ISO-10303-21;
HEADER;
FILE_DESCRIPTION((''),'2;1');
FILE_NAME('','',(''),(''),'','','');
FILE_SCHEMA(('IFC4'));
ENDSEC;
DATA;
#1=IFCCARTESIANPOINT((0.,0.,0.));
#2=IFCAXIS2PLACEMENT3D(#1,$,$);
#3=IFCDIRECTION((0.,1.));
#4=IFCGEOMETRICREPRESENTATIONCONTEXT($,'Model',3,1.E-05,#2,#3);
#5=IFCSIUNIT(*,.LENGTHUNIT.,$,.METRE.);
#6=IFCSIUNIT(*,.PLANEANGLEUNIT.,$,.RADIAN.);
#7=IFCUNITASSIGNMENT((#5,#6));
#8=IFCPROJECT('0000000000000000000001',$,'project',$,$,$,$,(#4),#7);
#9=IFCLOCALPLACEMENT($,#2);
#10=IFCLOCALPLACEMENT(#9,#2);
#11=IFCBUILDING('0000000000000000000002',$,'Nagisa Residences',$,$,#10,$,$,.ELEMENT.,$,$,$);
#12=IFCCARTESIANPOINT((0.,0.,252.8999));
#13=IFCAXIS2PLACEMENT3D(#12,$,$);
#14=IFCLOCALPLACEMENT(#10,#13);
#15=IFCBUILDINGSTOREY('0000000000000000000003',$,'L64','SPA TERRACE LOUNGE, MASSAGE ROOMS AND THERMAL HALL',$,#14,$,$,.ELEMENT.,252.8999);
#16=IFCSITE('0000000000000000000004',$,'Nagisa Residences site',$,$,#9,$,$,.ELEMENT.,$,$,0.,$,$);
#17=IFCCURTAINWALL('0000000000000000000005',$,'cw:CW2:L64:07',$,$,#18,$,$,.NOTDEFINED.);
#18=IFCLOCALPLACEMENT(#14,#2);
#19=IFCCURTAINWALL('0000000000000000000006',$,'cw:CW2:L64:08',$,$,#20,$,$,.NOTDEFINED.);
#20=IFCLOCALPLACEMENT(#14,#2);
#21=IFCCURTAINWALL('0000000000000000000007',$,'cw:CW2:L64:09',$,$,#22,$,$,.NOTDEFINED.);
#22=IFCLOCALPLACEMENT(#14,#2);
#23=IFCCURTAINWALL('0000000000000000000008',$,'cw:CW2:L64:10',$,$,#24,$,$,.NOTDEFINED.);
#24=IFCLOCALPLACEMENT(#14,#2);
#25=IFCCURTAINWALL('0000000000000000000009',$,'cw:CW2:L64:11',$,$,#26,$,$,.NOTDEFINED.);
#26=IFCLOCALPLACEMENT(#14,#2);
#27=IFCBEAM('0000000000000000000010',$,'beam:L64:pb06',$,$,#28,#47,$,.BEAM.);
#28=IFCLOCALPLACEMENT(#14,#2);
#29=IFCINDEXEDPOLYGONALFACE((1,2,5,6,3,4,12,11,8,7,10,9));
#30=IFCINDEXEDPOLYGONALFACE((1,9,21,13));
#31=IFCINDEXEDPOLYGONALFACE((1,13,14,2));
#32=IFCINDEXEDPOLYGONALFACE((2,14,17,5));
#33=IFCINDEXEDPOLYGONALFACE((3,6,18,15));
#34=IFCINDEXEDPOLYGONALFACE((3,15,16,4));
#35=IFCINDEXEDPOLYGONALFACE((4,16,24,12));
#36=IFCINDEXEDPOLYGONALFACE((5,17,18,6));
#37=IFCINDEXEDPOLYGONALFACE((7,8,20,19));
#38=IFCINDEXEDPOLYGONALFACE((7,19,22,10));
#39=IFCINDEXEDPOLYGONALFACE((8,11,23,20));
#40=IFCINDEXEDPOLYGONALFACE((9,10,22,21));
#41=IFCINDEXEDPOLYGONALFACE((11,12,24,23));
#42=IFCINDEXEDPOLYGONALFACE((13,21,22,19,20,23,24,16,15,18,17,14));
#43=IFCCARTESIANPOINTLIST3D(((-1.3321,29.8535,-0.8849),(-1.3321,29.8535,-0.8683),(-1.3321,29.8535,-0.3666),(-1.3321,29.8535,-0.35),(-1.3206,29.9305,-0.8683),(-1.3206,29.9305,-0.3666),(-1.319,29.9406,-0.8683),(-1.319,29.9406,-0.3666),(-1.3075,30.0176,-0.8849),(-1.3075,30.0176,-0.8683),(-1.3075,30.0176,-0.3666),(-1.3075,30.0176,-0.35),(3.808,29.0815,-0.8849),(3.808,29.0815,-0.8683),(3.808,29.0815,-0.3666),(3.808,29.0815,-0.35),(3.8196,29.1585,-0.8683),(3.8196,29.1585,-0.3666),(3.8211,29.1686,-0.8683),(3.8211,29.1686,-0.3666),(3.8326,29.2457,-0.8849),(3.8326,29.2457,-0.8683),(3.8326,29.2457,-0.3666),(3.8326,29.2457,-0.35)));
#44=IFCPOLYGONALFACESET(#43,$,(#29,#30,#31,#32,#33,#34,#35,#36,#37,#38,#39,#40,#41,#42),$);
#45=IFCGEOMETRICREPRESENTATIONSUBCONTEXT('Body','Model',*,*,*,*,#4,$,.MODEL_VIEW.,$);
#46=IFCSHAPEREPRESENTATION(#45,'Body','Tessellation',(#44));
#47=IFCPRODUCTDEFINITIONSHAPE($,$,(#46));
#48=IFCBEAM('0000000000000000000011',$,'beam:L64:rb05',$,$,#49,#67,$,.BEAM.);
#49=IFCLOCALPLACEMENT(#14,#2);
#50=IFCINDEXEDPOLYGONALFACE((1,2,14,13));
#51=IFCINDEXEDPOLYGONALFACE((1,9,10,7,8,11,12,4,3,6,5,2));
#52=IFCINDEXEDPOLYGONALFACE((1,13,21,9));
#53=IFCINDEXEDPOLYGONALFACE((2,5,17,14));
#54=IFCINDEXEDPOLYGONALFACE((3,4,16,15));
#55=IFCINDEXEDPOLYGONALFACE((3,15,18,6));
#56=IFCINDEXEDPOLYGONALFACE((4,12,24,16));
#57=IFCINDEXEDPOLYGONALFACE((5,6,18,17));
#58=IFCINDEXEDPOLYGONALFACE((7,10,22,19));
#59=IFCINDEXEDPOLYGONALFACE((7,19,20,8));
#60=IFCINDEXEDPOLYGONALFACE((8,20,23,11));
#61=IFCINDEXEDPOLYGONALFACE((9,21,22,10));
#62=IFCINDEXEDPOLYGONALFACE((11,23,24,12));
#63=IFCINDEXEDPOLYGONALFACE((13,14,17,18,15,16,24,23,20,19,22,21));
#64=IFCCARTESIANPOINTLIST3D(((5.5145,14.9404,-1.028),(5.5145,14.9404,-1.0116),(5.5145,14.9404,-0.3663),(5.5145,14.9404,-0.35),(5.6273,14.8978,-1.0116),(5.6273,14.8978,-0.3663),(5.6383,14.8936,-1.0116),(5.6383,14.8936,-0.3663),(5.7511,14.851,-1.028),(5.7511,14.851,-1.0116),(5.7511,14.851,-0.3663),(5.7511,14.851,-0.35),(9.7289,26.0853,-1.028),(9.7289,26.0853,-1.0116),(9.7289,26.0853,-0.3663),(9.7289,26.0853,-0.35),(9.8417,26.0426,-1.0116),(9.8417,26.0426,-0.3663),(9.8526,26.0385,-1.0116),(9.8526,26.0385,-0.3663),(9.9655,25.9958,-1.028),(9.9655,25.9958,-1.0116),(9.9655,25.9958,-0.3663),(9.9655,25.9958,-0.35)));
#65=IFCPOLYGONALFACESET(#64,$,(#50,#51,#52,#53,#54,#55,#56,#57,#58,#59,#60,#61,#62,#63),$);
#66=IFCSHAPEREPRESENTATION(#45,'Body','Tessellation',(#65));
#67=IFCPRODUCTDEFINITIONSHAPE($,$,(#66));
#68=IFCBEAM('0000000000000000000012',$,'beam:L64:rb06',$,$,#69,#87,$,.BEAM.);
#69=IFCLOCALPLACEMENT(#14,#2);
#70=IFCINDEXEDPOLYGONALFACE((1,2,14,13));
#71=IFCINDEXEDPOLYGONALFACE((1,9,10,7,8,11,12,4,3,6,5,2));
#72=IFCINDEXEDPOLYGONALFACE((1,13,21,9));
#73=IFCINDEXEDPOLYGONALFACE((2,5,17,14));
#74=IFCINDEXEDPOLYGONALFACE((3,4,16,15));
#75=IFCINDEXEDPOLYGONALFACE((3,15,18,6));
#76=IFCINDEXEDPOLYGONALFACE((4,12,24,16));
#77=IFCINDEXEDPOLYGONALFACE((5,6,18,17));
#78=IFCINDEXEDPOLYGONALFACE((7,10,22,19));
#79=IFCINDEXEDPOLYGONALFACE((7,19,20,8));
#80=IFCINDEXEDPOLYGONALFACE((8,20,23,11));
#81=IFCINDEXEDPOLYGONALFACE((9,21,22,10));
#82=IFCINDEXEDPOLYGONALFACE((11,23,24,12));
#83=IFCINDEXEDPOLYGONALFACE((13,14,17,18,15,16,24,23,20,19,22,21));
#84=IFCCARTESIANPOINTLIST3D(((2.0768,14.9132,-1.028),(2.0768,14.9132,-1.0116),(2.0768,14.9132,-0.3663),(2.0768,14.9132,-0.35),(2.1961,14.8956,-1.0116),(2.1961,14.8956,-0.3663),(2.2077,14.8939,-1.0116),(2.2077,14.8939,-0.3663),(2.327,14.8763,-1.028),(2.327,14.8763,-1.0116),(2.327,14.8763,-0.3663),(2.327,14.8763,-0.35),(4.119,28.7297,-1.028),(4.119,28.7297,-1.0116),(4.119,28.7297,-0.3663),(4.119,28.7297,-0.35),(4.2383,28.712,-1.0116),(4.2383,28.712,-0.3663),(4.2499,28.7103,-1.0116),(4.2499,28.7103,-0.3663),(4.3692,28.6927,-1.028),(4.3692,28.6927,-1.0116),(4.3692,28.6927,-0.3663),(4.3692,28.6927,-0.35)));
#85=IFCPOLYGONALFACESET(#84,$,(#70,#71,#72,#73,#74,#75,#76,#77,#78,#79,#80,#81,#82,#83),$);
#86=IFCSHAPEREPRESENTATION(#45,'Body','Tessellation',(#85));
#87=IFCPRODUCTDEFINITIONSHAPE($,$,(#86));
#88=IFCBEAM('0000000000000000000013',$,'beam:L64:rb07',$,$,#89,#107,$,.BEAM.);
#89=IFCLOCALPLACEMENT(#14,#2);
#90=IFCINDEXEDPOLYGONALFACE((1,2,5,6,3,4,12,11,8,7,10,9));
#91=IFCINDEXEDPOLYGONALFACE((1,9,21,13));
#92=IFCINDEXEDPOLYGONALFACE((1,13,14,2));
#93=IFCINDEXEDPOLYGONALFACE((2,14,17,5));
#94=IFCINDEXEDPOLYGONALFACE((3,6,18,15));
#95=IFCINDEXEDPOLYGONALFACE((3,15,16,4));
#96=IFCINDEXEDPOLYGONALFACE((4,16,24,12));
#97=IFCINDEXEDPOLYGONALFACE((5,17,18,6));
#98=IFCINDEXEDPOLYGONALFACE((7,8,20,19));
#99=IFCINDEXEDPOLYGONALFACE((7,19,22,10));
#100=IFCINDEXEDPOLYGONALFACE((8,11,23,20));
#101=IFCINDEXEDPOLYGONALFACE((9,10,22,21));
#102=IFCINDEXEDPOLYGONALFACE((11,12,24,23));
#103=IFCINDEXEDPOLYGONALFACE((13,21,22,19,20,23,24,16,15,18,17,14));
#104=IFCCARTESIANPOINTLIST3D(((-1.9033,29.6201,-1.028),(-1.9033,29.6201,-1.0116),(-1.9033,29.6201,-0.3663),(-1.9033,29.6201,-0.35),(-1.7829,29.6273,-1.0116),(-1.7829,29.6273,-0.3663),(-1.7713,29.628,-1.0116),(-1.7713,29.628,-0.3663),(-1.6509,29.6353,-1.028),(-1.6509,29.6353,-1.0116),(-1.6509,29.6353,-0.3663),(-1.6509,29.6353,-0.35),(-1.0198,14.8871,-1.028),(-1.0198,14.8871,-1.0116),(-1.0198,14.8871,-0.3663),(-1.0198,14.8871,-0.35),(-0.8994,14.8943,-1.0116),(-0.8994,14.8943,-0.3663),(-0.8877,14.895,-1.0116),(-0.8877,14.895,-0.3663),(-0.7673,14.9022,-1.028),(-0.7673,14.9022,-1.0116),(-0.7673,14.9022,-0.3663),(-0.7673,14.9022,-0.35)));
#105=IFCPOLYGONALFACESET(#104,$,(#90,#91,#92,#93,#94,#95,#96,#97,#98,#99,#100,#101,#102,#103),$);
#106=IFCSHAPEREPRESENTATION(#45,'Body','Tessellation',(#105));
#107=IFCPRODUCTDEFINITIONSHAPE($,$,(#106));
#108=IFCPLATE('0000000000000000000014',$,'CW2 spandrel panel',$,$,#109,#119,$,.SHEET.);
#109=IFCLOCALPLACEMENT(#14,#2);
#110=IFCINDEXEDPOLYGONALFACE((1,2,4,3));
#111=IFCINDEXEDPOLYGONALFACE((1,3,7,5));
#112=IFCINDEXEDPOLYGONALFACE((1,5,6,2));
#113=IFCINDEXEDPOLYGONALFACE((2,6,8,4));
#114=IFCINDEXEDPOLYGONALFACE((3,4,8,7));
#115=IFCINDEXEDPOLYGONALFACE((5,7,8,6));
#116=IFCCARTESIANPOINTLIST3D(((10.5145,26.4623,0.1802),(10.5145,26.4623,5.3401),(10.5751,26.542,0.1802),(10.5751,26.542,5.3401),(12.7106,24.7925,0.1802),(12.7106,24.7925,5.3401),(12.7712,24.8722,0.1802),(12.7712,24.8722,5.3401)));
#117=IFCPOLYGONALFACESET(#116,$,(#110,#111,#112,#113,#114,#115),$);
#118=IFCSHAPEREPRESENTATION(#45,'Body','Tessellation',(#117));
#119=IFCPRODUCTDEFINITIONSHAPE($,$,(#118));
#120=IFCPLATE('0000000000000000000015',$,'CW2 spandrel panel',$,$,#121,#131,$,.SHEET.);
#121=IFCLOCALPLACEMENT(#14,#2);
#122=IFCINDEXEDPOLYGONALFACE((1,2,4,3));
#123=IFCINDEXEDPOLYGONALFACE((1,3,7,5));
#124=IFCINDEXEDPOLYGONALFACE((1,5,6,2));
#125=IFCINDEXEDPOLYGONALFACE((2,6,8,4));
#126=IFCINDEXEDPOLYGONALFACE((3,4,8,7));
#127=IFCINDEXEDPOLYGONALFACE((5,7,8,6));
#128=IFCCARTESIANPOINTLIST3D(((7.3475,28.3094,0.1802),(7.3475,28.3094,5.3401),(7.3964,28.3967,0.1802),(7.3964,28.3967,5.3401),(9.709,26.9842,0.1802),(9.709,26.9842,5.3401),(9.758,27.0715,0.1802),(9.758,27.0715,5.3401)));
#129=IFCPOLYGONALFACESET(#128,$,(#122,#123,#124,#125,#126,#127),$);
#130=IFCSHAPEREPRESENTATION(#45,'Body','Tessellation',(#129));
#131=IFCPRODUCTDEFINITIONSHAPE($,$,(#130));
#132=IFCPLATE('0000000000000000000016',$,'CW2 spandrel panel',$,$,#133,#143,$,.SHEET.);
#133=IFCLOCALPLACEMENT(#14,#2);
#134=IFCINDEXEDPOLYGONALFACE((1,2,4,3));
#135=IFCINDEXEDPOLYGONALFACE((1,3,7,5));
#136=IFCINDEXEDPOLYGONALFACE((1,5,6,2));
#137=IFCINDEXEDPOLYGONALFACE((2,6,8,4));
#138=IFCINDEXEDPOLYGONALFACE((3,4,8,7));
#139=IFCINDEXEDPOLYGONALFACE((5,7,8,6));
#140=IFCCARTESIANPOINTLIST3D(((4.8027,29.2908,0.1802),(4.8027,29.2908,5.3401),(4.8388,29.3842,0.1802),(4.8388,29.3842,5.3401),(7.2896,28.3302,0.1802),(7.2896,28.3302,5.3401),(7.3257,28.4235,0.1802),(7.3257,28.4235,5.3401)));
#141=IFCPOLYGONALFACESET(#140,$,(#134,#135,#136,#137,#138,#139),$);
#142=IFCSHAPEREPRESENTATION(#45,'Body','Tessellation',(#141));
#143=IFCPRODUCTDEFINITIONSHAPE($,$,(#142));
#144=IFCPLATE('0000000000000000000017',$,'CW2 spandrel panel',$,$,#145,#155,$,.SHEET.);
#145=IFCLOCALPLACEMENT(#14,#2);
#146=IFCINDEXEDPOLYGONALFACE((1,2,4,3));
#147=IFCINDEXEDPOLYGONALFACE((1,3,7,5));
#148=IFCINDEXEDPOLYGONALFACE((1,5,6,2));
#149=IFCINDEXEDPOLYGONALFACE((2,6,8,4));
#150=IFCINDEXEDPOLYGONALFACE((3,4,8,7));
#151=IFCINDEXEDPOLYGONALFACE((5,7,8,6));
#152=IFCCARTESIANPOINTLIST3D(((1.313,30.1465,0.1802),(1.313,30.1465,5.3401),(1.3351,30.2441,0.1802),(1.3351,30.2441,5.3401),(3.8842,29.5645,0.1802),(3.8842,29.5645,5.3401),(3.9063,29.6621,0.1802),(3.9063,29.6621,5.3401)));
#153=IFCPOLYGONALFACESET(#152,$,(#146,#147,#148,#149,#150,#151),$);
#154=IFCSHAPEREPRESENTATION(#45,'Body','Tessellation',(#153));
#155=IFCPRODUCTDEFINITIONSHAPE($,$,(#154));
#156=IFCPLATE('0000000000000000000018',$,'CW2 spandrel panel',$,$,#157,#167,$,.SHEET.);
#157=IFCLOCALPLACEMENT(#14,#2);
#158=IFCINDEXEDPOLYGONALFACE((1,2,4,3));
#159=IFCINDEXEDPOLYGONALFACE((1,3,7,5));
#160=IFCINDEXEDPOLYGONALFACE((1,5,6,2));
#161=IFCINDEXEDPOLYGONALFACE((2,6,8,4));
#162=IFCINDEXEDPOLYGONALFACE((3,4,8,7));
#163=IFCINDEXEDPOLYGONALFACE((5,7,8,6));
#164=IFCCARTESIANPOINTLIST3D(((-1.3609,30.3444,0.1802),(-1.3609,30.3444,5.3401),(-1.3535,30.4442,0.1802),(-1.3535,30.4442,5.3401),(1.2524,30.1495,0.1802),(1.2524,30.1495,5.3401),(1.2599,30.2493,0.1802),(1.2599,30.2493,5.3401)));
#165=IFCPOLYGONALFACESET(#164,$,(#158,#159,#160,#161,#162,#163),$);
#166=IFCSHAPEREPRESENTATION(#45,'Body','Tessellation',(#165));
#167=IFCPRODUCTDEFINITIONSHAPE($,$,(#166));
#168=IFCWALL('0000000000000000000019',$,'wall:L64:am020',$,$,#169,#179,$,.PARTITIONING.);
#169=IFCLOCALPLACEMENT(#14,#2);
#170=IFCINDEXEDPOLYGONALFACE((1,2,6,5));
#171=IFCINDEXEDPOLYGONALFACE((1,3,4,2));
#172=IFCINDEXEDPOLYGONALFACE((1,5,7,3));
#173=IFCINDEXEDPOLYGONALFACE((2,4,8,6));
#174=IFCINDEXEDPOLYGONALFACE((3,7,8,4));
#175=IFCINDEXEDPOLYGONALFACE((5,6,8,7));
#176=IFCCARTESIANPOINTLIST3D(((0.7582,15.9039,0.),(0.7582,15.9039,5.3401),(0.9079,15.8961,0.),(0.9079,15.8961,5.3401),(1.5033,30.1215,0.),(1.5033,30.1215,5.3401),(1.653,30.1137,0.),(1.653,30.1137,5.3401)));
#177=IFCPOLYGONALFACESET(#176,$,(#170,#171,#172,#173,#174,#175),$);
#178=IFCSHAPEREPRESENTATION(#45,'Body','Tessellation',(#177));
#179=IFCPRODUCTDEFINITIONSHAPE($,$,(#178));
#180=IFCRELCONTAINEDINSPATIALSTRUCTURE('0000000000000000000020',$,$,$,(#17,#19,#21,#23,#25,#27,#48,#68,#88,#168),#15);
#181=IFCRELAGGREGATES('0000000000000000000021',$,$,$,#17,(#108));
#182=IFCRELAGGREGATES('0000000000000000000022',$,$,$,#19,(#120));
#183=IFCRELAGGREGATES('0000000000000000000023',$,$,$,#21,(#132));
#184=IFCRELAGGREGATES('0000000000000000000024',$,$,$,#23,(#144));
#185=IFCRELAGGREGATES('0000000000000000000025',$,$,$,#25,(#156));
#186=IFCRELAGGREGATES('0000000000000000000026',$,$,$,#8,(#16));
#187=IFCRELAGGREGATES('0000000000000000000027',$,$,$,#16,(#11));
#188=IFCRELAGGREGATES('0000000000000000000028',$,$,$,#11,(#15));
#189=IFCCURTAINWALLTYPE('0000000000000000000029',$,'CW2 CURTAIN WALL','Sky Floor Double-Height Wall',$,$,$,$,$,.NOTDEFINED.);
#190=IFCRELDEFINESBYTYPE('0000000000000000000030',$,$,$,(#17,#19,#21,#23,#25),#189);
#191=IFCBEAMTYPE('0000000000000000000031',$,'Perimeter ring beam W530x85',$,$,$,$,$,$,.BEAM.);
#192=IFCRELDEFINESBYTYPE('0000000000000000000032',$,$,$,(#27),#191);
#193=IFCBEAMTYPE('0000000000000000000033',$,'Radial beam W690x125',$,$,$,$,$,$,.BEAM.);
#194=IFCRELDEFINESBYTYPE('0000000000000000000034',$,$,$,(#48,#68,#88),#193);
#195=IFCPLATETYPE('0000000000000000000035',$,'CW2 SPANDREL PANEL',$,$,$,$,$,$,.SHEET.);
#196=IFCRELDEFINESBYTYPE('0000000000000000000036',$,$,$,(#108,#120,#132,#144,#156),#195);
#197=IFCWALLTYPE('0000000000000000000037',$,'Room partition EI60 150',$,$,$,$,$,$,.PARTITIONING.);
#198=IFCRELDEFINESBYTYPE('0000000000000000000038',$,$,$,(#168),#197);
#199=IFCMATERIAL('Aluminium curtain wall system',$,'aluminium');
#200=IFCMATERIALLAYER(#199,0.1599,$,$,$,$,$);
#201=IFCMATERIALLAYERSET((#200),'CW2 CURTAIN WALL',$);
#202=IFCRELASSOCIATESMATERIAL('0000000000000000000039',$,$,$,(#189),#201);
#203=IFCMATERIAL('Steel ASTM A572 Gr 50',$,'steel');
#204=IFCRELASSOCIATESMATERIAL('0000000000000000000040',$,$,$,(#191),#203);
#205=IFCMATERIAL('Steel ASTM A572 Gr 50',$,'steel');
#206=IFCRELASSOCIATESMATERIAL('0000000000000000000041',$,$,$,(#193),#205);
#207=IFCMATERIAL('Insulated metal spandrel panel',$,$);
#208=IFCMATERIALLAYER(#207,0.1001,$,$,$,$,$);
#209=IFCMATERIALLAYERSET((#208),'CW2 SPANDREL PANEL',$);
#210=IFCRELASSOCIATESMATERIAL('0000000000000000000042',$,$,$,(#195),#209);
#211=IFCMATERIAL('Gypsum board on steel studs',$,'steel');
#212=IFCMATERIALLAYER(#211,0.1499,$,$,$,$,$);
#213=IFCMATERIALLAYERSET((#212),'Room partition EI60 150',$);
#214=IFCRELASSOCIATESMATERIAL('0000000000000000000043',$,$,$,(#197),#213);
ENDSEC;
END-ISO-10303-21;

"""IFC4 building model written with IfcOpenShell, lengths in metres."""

from ifc_helpers import new_model, si_unit, direction, frame, frame_2d, origin, origin_2d, place, context, subcontext, project, spatial, rectangle, i_section, extrude, material, layer, layer_set, material_profile, profile_set, type_object, element, aggregate, save


model = new_model("IFC4")

# Units and contexts
model_context = context("Model", 3, precision=1e-05, world=origin(), true_north=direction((0.0, 1.0)))
body_context = subcontext(model_context, "Body", "Model", "MODEL_VIEW")
ifc_project = project(units=[si_unit("LENGTHUNIT", "METRE"), si_unit("PLANEANGLEUNIT", "RADIAN")], contexts=[model_context])

# Site, building, storey
site_placement = place(None, origin())
site = spatial("IfcSite", under=ifc_project, at=site_placement, Name="Nagisa Residences site", CompositionType="ELEMENT", RefElevation=0.0)
building_placement = place(site_placement, origin())
building = spatial("IfcBuilding", under=site, at=building_placement, Name="Nagisa Residences", CompositionType="ELEMENT")
storey_placement = place(building_placement, frame((0.0, 0.0, 252.8999)))
storey = spatial("IfcBuildingStorey", under=building, at=storey_placement, Name="L64", Description="SPA TERRACE LOUNGE, MASSAGE ROOMS AND THERMAL HALL", CompositionType="ELEMENT", Elevation=252.8999)

# Curtain walls
ifc_material_1 = material(Name="Aluminium curtain wall system", Category="aluminium")
ifc_layer_1 = layer(ifc_material_1, 0.1599)
ifc_layer_set_1 = layer_set([ifc_layer_1], Name="CW2 CURTAIN WALL")
curtain_wall_type = type_object("IfcCurtainWallType", Name="CW2 CURTAIN WALL", Description="Sky Floor Double-Height Wall", PredefinedType="NOTDEFINED", material=ifc_layer_set_1)
curtain_wall_1_placement = place(storey_placement, origin())
curtain_wall_1 = element("IfcCurtainWall", 1, at=curtain_wall_1_placement, inside=storey, type_object=curtain_wall_type, Name="cw:CW2:L64:07", PredefinedType="NOTDEFINED")
curtain_wall_2_placement = place(storey_placement, origin())
curtain_wall_2 = element("IfcCurtainWall", 2, at=curtain_wall_2_placement, inside=storey, type_object=curtain_wall_type, Name="cw:CW2:L64:08", PredefinedType="NOTDEFINED")
curtain_wall_3_placement = place(storey_placement, origin())
curtain_wall_3 = element("IfcCurtainWall", 3, at=curtain_wall_3_placement, inside=storey, type_object=curtain_wall_type, Name="cw:CW2:L64:09", PredefinedType="NOTDEFINED")
curtain_wall_4_placement = place(storey_placement, origin())
curtain_wall_4 = element("IfcCurtainWall", 4, at=curtain_wall_4_placement, inside=storey, type_object=curtain_wall_type, Name="cw:CW2:L64:10", PredefinedType="NOTDEFINED")
curtain_wall_5_placement = place(storey_placement, origin())
curtain_wall_5 = element("IfcCurtainWall", 5, at=curtain_wall_5_placement, inside=storey, type_object=curtain_wall_type, Name="cw:CW2:L64:11", PredefinedType="NOTDEFINED")

# Beams
ifc_material_2 = material(Name="Steel ASTM A572 Gr 50", Category="steel")
ifc_material_profile_1 = material_profile(ifc_material_2, i_section(OverallWidth=0.166, OverallDepth=0.5349, WebThickness=0.0103, FlangeThickness=0.0166, at=origin_2d()), Name="W530x85")
ifc_profile_set_1 = profile_set([ifc_material_profile_1], Name="Steel ASTM A572 Gr 50")
beam_type_1 = type_object("IfcBeamType", Name="Perimeter ring beam W530x85", PredefinedType="BEAM", material=ifc_profile_set_1)
beam_1_placement = place(storey_placement, frame((3.8203, 29.1636, -0.6174), z_axis=(-0.988909, 0.14852, 0.0), x_axis=(-0.14852, -0.988909, 0.0)))
element("IfcBeam", 6, at=beam_1_placement, inside=storey, type_object=beam_type_1, Name="beam:L64:pb06", PredefinedType="BEAM", context=body_context, shape_type="SweptSolid", body=[
    extrude(i_section(OverallWidth=0.166, OverallDepth=0.5349, WebThickness=0.0103, FlangeThickness=0.0166, at=origin_2d()), origin(), (0.0, 0.0, 1.0), 5.1978),
])
ifc_material_3 = material(Name="Steel ASTM A572 Gr 50", Category="steel")
ifc_material_profile_2 = material_profile(ifc_material_3, i_section(OverallWidth=0.2529, OverallDepth=0.678, WebThickness=0.0117, FlangeThickness=0.0164, at=origin_2d()), Name="W690x125")
ifc_profile_set_2 = profile_set([ifc_material_profile_2], Name="Steel ASTM A572 Gr 50")
beam_type_2 = type_object("IfcBeamType", Name="Radial beam W690x125", PredefinedType="BEAM", material=ifc_profile_set_2)
beam_2_placement = place(storey_placement, frame((9.8472, 26.0405, -0.689), z_axis=(-0.353702, -0.935358, 0.0), x_axis=(0.935358, -0.353702, 0.0)))
element("IfcBeam", 7, at=beam_2_placement, inside=storey, type_object=beam_type_2, Name="beam:L64:rb05", PredefinedType="BEAM", context=body_context, shape_type="SweptSolid", body=[
    extrude(i_section(OverallWidth=0.2529, OverallDepth=0.678, WebThickness=0.0117, FlangeThickness=0.0164, at=origin_2d()), origin(), (0.0, 0.0, 1.0), 11.915),
])
beam_3_placement = place(storey_placement, frame((4.2441, 28.7112, -0.689), z_axis=(-0.146224, -0.989252, 0.0), x_axis=(0.989252, -0.146224, 0.0)))
element("IfcBeam", 8, at=beam_3_placement, inside=storey, type_object=beam_type_2, Name="beam:L64:rb06", PredefinedType="BEAM", context=body_context, shape_type="SweptSolid", body=[
    extrude(i_section(OverallWidth=0.2529, OverallDepth=0.678, WebThickness=0.0117, FlangeThickness=0.0164, at=origin_2d()), origin(), (0.0, 0.0, 1.0), 13.9666),
])
beam_4_placement = place(storey_placement, frame((-1.7771, 29.6277, -0.689), z_axis=(0.059862, -0.998207, 0.0), x_axis=(0.998207, 0.059862, 0.0)))
element("IfcBeam", 9, at=beam_4_placement, inside=storey, type_object=beam_type_2, Name="beam:L64:rb07", PredefinedType="BEAM", context=body_context, shape_type="SweptSolid", body=[
    extrude(i_section(OverallWidth=0.2529, OverallDepth=0.678, WebThickness=0.0117, FlangeThickness=0.0164, at=origin_2d()), origin(), (0.0, 0.0, 1.0), 14.7595),
])

# Plates
ifc_material_4 = material(Name="Insulated metal spandrel panel")
ifc_layer_2 = layer(ifc_material_4, 0.1001)
ifc_layer_set_2 = layer_set([ifc_layer_2], Name="CW2 SPANDREL PANEL")
plate_type = type_object("IfcPlateType", Name="CW2 SPANDREL PANEL", PredefinedType="SHEET", material=ifc_layer_set_2)
plate_1_placement = place(storey_placement, frame((11.6428, 25.6672, 0.1802), z_axis=(0.0, 0.0, 1.0), x_axis=(-0.796031, 0.605255, 0.0)))
plate_1 = element("IfcPlate", 10, at=plate_1_placement, type_object=plate_type, Name="CW2 spandrel panel", PredefinedType="SHEET", context=body_context, shape_type="SweptSolid", body=[
    extrude(rectangle(XDim=2.7588, YDim=0.1001, at=origin_2d()), origin(), (0.0, 0.0, 1.0), 5.1599),
])
aggregate(curtain_wall_1, [plate_1])
plate_2_placement = place(storey_placement, frame((8.5527, 27.6904, 0.1802), z_axis=(0.0, 0.0, 1.0), x_axis=(-0.872072, 0.489377, 0.0)))
plate_2 = element("IfcPlate", 11, at=plate_2_placement, type_object=plate_type, Name="CW2 spandrel panel", PredefinedType="SHEET", context=body_context, shape_type="SweptSolid", body=[
    extrude(rectangle(XDim=2.708, YDim=0.1001, at=origin_2d()), origin(), (0.0, 0.0, 1.0), 5.1599),
])
aggregate(curtain_wall_2, [plate_2])
plate_3_placement = place(storey_placement, frame((6.0642, 28.8572, 0.1802), z_axis=(0.0, 0.0, 1.0), x_axis=(-0.932826, 0.360328, 0.0)))
plate_3 = element("IfcPlate", 12, at=plate_3_placement, type_object=plate_type, Name="CW2 spandrel panel", PredefinedType="SHEET", context=body_context, shape_type="SweptSolid", body=[
    extrude(rectangle(XDim=2.666, YDim=0.1001, at=origin_2d()), origin(), (0.0, 0.0, 1.0), 5.1599),
])
aggregate(curtain_wall_3, [plate_3])
plate_4_placement = place(storey_placement, frame((2.6096, 29.9043, 0.1802), z_axis=(0.0, 0.0, 1.0), x_axis=(-0.975327, 0.220764, 0.0)))
plate_4 = element("IfcPlate", 13, at=plate_4_placement, type_object=plate_type, Name="CW2 spandrel panel", PredefinedType="SHEET", context=body_context, shape_type="SweptSolid", body=[
    extrude(rectangle(XDim=2.6362, YDim=0.1001, at=origin_2d()), origin(), (0.0, 0.0, 1.0), 5.1599),
])
aggregate(curtain_wall_4, [plate_4])
plate_5_placement = place(storey_placement, frame((-0.0505, 30.2969, 0.1802), z_axis=(0.0, 0.0, 1.0), x_axis=(-0.99723, 0.074377, 0.0)))
plate_5 = element("IfcPlate", 14, at=plate_5_placement, type_object=plate_type, Name="CW2 spandrel panel", PredefinedType="SHEET", context=body_context, shape_type="SweptSolid", body=[
    extrude(rectangle(XDim=2.6206, YDim=0.1001, at=origin_2d()), origin(), (0.0, 0.0, 1.0), 5.1599),
])
aggregate(curtain_wall_5, [plate_5])

# Wall
ifc_material_5 = material(Name="Gypsum board on steel studs", Category="steel")
ifc_layer_3 = layer(ifc_material_5, 0.1499)
ifc_layer_set_3 = layer_set([ifc_layer_3], Name="Room partition EI60 150")
wall_type = type_object("IfcWallType", Name="Room partition EI60 150", PredefinedType="PARTITIONING", material=ifc_layer_set_3)
wall_placement = place(storey_placement, frame((0.833, 15.8999, 0.0), z_axis=(0.0, 0.0, 1.0), x_axis=(0.052337, 0.99863, 0.0)))
element("IfcWall", 15, at=wall_placement, inside=storey, type_object=wall_type, Name="wall:L64:am020", PredefinedType="PARTITIONING", context=body_context, shape_type="SweptSolid", body=[
    extrude(rectangle(XDim=14.2371, YDim=0.1499, at=frame_2d((7.1187, 0.0))), origin(), (0.0, 0.0, 1.0), 5.3401),
])

save(model, "model.ifc")
